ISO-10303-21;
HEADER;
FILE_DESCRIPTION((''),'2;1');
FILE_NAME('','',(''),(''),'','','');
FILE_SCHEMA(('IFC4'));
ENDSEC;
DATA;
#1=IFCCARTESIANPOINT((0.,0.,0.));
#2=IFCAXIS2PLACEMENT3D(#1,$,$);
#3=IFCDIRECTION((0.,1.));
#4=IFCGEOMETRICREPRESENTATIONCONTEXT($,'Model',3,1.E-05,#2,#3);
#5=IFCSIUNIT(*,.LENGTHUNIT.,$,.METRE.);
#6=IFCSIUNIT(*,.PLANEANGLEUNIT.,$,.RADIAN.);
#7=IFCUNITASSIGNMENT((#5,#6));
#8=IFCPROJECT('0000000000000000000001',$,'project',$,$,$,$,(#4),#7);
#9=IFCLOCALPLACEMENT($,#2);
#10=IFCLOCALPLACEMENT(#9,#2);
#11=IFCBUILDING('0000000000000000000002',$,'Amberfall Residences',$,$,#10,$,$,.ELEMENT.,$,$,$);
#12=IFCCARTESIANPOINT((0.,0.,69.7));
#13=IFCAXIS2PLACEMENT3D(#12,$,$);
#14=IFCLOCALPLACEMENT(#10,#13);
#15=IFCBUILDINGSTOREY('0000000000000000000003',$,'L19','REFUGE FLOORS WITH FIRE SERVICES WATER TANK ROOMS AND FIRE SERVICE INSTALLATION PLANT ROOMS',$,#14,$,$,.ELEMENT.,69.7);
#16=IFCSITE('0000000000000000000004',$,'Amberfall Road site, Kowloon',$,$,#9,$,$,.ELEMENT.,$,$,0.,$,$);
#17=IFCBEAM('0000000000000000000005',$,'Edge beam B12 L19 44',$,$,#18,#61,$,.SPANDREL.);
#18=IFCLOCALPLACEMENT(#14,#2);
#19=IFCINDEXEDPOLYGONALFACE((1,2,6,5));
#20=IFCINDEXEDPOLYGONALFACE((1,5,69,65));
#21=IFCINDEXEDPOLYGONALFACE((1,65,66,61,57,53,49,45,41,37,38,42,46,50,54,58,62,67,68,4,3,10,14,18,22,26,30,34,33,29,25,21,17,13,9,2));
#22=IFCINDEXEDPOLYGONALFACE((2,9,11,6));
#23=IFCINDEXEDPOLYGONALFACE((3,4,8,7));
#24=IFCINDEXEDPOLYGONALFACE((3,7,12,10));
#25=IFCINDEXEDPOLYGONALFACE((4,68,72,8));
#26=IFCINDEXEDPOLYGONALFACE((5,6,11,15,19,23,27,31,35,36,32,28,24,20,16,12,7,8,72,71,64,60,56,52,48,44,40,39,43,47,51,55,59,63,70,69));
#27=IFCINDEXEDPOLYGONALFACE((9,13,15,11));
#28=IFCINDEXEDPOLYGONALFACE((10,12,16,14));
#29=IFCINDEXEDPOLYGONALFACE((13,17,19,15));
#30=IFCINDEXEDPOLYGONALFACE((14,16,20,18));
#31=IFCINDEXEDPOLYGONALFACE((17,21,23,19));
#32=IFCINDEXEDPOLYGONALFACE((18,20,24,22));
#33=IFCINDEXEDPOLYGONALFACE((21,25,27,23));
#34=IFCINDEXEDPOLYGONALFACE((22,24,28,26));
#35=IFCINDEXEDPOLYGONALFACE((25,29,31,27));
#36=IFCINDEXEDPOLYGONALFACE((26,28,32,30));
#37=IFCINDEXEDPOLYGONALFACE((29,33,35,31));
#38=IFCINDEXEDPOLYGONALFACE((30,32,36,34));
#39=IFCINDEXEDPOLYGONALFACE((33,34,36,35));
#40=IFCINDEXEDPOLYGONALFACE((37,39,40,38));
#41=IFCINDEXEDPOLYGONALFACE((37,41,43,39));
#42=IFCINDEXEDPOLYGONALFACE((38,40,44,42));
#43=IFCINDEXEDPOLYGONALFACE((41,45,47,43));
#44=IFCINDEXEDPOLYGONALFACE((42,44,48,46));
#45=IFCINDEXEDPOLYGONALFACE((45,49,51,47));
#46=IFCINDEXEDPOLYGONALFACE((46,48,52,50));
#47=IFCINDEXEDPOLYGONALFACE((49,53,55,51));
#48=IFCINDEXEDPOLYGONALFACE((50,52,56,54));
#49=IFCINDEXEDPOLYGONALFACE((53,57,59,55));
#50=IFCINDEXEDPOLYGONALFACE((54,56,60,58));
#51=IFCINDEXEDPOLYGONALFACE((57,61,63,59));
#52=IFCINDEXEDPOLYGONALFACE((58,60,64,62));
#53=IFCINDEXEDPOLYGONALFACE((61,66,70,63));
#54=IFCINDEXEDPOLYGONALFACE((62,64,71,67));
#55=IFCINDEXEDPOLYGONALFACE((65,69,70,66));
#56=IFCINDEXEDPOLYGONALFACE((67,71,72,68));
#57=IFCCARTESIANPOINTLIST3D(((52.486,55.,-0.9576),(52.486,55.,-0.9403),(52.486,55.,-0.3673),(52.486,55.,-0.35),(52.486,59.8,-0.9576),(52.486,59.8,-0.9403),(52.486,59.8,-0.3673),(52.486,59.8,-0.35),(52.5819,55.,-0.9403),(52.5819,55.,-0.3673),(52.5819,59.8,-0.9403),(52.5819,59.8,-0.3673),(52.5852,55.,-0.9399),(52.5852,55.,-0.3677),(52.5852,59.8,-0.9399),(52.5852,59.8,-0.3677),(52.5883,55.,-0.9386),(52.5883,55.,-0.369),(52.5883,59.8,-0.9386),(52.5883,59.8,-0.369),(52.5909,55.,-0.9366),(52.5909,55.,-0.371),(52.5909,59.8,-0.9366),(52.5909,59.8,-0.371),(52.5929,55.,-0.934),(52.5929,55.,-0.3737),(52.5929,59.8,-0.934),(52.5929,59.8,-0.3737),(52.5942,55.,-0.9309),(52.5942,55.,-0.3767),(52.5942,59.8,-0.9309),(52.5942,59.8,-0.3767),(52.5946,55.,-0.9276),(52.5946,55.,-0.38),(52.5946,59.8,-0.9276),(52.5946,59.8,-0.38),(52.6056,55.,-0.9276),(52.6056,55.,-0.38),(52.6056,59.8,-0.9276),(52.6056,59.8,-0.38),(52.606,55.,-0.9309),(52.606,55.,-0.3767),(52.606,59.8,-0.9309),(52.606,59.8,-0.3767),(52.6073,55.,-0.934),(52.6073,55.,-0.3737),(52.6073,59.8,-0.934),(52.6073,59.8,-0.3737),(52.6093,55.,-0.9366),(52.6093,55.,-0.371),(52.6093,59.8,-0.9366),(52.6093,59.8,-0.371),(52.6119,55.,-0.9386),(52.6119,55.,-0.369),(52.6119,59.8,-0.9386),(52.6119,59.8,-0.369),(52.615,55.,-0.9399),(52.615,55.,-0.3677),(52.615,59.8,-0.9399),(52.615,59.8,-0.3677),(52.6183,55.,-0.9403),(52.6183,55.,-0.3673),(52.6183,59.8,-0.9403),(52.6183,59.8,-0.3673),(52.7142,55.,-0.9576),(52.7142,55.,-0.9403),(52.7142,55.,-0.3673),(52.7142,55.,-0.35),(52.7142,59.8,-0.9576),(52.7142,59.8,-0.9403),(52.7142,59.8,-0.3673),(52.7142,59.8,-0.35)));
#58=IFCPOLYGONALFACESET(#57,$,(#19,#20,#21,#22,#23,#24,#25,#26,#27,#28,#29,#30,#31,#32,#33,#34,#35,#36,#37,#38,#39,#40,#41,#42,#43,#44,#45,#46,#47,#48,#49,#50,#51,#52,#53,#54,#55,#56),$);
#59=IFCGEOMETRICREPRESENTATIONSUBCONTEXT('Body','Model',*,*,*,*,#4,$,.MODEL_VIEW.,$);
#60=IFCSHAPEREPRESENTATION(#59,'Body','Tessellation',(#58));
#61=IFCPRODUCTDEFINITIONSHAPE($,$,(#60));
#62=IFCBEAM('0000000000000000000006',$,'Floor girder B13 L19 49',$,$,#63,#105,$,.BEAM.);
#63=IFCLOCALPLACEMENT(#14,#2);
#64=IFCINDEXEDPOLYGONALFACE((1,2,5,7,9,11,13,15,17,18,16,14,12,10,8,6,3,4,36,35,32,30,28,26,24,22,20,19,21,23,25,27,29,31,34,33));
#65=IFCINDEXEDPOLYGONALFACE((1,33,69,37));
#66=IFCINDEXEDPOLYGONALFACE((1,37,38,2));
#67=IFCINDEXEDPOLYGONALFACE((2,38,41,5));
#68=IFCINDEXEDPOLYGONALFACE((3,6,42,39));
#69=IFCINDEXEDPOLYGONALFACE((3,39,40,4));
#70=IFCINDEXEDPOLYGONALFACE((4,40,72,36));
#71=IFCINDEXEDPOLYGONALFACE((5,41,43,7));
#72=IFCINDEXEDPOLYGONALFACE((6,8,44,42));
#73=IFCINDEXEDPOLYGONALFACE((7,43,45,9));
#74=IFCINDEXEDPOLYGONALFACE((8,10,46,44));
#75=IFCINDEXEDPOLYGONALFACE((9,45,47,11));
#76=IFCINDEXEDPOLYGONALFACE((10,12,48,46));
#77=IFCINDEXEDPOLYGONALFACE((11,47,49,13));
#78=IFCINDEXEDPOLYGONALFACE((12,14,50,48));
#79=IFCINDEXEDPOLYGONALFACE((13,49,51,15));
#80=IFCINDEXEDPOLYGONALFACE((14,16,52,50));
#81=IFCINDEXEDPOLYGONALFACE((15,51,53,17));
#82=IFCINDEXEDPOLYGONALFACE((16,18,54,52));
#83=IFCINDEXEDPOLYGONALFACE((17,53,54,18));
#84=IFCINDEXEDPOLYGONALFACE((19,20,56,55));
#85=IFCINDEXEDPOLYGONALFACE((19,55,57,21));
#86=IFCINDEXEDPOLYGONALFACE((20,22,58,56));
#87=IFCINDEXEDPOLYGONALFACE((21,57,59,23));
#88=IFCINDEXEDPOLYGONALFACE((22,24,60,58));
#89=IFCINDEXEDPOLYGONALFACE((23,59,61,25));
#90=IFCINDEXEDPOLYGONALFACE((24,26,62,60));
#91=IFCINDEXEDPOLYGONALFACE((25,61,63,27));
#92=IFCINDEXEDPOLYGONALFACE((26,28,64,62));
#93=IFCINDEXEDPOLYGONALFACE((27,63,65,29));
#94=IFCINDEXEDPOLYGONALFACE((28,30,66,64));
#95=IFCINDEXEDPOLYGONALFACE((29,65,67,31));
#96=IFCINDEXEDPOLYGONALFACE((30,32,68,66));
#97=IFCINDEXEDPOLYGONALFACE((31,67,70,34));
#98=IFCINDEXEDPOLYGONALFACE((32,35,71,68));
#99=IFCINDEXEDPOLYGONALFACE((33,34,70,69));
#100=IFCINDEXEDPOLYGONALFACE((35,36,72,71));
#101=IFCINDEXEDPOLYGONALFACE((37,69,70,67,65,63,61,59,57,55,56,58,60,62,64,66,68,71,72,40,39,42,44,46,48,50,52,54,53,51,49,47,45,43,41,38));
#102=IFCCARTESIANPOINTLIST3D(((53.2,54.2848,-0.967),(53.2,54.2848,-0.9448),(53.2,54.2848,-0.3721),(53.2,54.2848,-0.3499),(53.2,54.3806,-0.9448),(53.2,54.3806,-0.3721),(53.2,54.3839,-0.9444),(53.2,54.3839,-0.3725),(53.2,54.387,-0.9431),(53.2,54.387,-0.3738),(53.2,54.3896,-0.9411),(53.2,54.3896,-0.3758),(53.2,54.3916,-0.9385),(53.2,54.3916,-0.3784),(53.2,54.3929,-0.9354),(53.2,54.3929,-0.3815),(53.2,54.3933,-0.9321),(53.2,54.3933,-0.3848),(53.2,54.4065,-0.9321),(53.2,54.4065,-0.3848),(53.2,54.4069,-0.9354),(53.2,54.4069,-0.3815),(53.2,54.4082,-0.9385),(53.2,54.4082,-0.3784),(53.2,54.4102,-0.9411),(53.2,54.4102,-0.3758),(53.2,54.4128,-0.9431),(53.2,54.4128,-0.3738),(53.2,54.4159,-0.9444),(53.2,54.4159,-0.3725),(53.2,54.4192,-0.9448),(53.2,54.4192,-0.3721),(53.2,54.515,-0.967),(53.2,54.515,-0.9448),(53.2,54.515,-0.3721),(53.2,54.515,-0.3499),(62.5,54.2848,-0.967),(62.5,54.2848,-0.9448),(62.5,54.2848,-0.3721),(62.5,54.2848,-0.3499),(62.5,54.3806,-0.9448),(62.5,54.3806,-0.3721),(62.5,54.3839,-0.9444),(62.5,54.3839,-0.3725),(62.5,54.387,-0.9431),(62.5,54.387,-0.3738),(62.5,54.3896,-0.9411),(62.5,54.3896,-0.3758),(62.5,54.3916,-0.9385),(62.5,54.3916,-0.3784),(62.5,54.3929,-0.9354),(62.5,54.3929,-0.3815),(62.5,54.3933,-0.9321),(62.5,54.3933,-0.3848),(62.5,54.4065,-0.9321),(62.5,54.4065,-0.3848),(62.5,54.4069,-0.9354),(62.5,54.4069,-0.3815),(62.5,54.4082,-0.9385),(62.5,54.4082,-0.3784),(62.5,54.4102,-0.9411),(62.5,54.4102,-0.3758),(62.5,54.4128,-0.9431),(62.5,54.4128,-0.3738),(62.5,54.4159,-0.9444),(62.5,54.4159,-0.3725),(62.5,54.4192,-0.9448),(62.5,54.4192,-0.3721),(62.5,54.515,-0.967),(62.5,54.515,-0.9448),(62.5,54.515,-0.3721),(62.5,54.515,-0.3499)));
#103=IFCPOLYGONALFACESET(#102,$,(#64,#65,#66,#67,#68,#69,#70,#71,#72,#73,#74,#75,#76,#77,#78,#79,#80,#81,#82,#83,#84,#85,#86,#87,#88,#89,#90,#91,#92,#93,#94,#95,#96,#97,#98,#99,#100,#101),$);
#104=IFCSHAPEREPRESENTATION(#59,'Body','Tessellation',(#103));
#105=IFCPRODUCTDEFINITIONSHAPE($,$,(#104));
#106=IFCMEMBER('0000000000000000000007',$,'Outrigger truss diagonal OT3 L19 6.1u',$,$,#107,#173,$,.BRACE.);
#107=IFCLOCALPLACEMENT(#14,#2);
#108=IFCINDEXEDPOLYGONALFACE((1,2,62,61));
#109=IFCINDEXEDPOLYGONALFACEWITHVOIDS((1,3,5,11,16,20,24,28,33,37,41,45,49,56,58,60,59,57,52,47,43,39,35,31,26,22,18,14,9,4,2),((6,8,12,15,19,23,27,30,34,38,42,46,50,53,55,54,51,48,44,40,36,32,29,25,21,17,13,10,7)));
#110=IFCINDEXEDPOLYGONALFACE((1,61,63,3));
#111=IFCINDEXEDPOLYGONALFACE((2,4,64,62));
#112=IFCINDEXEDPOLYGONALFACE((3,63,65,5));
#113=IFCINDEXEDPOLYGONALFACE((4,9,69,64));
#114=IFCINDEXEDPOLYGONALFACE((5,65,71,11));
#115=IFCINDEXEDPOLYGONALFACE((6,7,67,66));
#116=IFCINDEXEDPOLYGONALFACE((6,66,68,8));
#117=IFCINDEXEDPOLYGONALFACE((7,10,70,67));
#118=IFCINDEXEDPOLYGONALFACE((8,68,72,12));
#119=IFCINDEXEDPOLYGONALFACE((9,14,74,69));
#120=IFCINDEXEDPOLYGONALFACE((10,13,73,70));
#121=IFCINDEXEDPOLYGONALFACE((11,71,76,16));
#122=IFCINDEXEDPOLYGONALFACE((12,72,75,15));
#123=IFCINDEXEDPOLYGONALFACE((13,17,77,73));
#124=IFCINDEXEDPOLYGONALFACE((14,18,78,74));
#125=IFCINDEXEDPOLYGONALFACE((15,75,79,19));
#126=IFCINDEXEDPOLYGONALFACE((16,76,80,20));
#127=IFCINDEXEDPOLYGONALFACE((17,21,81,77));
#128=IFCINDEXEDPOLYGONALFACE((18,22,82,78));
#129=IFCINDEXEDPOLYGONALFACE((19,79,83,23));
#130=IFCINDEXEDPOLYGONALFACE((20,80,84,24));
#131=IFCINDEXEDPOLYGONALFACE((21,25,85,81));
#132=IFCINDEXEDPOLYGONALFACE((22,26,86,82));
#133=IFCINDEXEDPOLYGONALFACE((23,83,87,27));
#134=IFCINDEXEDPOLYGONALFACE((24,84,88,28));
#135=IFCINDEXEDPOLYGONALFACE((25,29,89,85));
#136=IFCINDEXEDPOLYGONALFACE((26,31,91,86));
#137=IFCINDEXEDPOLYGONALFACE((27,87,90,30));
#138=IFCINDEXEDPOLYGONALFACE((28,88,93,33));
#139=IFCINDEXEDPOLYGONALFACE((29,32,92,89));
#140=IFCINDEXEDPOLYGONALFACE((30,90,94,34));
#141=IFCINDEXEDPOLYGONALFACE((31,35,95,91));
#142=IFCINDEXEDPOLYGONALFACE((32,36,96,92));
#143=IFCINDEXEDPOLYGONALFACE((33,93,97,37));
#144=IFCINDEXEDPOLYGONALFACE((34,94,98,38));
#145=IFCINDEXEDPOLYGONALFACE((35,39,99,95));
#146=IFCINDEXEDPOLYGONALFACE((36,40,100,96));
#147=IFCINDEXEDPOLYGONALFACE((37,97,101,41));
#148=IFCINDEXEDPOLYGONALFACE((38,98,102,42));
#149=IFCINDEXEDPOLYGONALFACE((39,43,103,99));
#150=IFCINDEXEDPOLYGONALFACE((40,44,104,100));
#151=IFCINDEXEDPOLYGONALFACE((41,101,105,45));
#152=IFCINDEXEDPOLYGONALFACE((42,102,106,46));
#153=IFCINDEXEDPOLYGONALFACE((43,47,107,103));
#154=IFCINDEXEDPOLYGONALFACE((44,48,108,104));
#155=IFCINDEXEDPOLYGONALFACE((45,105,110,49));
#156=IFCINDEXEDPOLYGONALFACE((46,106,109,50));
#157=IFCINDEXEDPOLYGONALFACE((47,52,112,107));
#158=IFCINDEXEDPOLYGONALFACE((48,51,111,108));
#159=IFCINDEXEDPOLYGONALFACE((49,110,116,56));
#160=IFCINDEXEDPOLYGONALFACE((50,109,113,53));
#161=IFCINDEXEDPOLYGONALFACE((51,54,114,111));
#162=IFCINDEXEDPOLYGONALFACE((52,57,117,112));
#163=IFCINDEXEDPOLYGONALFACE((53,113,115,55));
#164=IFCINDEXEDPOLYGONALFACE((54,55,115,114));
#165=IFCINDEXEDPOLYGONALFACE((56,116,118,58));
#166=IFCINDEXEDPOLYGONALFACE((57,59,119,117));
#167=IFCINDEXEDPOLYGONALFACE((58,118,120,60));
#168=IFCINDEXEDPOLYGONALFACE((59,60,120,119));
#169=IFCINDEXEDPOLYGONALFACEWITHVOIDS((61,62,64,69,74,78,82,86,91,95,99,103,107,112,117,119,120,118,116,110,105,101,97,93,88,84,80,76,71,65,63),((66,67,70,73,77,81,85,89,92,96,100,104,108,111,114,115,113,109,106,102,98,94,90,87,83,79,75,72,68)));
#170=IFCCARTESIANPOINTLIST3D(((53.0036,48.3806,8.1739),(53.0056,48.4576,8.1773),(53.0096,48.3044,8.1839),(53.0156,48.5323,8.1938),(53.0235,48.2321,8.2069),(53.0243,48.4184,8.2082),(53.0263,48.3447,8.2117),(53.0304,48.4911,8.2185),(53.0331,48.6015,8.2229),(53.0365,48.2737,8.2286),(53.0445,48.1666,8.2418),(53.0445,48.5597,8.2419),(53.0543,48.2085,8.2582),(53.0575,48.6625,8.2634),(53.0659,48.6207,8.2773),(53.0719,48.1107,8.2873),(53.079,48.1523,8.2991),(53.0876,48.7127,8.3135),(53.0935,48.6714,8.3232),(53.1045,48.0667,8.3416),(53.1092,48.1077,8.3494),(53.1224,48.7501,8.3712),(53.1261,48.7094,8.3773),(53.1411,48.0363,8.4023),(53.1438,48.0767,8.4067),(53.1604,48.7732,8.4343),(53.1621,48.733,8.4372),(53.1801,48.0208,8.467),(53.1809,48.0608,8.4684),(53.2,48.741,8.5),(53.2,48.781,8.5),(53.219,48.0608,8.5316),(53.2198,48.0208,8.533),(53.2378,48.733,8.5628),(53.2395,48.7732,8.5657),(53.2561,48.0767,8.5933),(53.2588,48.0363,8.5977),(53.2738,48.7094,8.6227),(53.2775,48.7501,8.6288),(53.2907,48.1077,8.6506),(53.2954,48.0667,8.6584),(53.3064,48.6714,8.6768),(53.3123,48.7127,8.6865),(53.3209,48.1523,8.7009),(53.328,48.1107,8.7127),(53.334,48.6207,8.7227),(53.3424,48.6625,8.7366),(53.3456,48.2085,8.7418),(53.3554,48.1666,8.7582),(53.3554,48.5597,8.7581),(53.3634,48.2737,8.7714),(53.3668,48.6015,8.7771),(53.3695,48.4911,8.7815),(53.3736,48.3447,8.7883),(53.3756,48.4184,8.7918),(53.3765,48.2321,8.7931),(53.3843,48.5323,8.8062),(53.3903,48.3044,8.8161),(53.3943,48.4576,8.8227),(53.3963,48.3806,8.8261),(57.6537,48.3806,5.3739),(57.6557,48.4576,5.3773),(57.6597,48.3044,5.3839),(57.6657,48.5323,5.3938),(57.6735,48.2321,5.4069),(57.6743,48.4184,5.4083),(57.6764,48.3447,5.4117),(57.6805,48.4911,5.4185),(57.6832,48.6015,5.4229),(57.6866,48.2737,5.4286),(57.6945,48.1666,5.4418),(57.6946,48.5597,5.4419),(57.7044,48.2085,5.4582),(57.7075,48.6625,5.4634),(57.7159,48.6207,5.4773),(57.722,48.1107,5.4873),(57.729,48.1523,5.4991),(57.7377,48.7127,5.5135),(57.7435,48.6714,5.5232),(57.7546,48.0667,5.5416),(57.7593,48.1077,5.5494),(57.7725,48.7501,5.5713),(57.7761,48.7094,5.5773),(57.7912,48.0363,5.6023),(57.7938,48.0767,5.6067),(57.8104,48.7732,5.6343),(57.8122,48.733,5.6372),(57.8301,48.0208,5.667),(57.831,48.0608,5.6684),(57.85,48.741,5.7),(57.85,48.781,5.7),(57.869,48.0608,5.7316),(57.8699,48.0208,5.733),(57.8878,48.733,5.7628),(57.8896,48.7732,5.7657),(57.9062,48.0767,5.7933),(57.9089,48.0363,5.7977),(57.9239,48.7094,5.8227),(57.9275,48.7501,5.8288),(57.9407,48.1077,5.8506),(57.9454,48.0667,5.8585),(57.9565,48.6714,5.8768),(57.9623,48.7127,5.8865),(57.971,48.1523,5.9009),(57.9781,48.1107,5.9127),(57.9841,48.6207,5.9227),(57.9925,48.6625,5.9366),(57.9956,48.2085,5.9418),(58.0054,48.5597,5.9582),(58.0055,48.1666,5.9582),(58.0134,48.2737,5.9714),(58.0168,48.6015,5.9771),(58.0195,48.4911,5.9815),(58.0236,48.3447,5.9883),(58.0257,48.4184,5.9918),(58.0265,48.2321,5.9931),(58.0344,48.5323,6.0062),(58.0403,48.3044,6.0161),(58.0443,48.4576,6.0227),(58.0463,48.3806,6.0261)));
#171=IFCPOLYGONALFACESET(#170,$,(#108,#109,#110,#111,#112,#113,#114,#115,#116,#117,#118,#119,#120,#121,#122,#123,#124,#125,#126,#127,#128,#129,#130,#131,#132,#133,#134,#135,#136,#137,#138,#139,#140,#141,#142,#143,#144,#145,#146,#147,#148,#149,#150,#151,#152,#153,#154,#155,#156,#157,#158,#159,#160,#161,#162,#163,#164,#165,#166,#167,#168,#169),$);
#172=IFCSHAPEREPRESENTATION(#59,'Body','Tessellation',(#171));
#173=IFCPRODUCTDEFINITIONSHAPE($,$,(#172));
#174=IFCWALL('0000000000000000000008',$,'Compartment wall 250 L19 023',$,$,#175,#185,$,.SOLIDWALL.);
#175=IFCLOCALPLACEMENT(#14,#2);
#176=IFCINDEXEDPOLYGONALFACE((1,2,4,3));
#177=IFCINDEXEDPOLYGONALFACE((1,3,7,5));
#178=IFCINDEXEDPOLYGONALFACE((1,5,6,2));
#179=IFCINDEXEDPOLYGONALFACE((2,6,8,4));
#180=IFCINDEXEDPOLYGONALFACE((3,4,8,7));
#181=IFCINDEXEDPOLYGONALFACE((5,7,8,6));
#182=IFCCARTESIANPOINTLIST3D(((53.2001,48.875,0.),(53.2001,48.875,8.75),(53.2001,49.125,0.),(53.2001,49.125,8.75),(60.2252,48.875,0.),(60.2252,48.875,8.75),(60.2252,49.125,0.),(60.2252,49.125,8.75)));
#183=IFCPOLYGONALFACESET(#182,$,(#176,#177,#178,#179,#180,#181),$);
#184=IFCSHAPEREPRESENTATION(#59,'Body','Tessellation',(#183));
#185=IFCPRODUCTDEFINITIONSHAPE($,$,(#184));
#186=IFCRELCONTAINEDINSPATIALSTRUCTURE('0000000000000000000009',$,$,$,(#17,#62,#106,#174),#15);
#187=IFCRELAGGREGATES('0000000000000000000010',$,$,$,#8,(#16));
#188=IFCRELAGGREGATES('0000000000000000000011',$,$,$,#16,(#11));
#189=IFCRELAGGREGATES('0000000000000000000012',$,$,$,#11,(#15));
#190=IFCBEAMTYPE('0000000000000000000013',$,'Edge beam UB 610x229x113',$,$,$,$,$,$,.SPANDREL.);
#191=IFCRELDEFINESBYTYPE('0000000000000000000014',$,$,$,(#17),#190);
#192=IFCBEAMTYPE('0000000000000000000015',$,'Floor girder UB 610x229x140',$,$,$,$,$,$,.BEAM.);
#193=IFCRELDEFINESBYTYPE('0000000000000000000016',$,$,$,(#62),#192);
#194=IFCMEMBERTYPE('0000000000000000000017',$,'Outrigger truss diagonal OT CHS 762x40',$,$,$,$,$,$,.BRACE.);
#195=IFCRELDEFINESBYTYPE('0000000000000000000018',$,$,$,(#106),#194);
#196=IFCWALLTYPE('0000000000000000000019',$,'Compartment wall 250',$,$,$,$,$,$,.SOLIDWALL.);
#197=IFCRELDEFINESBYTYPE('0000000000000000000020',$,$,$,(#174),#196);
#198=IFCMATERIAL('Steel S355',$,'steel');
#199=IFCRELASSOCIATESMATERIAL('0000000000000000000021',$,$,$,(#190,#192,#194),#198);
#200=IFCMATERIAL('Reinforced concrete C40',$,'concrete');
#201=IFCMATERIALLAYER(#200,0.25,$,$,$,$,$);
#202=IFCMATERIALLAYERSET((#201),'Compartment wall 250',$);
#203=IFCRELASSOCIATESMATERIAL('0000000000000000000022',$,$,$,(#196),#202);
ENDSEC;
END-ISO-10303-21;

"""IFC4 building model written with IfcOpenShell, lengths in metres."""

from ifc_helpers import new_model, si_unit, direction, frame, frame_2d, origin, origin_2d, place, context, subcontext, project, spatial, rectangle, hollow_circle, i_section, extrude, material, layer, layer_set, material_profile, profile_set, type_object, element, save


model = new_model("IFC4")

# Units and contexts
model_context = context("Model", 3, precision=1e-05, world=origin(), true_north=direction((0.0, 1.0)))
body_context = subcontext(model_context, "Body", "Model", "MODEL_VIEW")
ifc_project = project(units=[si_unit("LENGTHUNIT", "METRE"), si_unit("PLANEANGLEUNIT", "RADIAN")], contexts=[model_context])

# Site, building, storey
site_placement = place(None, origin())
site = spatial("IfcSite", under=ifc_project, at=site_placement, Name="Amberfall Road site, Kowloon", CompositionType="ELEMENT", RefElevation=0.0)
building_placement = place(site_placement, origin())
building = spatial("IfcBuilding", under=site, at=building_placement, Name="Amberfall Residences", CompositionType="ELEMENT")
storey_placement = place(building_placement, frame((0.0, 0.0, 69.7)))
storey = spatial("IfcBuildingStorey", under=building, at=storey_placement, Name="L19", Description="REFUGE FLOORS WITH FIRE SERVICES WATER TANK ROOMS AND FIRE SERVICE INSTALLATION PLANT ROOMS", CompositionType="ELEMENT", Elevation=69.7)

# Shared definitions
ifc_material_1 = material(Name="Steel S355", Category="steel")

# Beams
ifc_material_profile_1 = material_profile(ifc_material_1, i_section(OverallWidth=0.2283, OverallDepth=0.6077, WebThickness=0.011, FlangeThickness=0.0173, FilletRadius=0.0127, at=origin_2d()), Name="UB 610x229x113")
ifc_profile_set_1 = profile_set([ifc_material_profile_1], Name="Steel S355")
beam_type_1 = type_object("IfcBeamType", Name="Edge beam UB 610x229x113", PredefinedType="SPANDREL", material=ifc_profile_set_1)
for number, where, z_axis, x_axis, name in (
    (1, (52.6001, 55.0, -0.6538), (0.0, 1.0, 0.0), (-1.0, 0.0, 0.0), "Edge beam B12 L19 44"),
):
    element("IfcBeam", number, at=place(storey_placement, frame(where, z_axis=z_axis, x_axis=x_axis)), inside=storey, type_object=beam_type_1, Name=name, PredefinedType="SPANDREL", context=body_context, shape_type="SweptSolid", body=[
        extrude(i_section(OverallWidth=0.2283, OverallDepth=0.6077, WebThickness=0.011, FlangeThickness=0.0173, FilletRadius=0.0127, at=origin_2d()), origin(), (0.0, 0.0, 1.0), 4.8),
    ])
ifc_material_profile_2 = material_profile(ifc_material_1, i_section(OverallWidth=0.2302, OverallDepth=0.6172, WebThickness=0.0132, FlangeThickness=0.0222, FilletRadius=0.0127, at=origin_2d()), Name="UB 610x229x140")
ifc_profile_set_2 = profile_set([ifc_material_profile_2], Name="Steel S355")
beam_type_2 = type_object("IfcBeamType", Name="Floor girder UB 610x229x140", PredefinedType="BEAM", material=ifc_profile_set_2)
beam_placement = place(storey_placement, frame((53.2, 54.3999, -0.6584), z_axis=(1.0, 0.0, 0.0), x_axis=(0.0, 1.0, 0.0)))
element("IfcBeam", 2, at=beam_placement, inside=storey, type_object=beam_type_2, Name="Floor girder B13 L19 49", PredefinedType="BEAM", context=body_context, shape_type="SweptSolid", body=[
    extrude(i_section(OverallWidth=0.2302, OverallDepth=0.6172, WebThickness=0.0132, FlangeThickness=0.0222, FilletRadius=0.0127, at=origin_2d()), origin(), (0.0, 0.0, 1.0), 9.3),
])

# Member
ifc_material_profile_3 = material_profile(ifc_material_1, hollow_circle(Radius=0.3811, WallThickness=0.04, at=origin_2d()), Name="CHS 762x40")
ifc_profile_set_3 = profile_set([ifc_material_profile_3], Name="Steel S355")
member_type_1 = type_object("IfcMemberType", Name="Outrigger truss diagonal OT CHS 762x40", PredefinedType="BRACE", material=ifc_profile_set_3)
member_1_placement = place(storey_placement, frame((53.2, 48.3999, 8.5), z_axis=(0.856682, 0.0, -0.515844), x_axis=(0.0, 1.0, 0.0)))
element("IfcMember", 3, at=member_1_placement, inside=storey, type_object=member_type_1, Name="Outrigger truss diagonal OT3 L19 6.1u", PredefinedType="BRACE", context=body_context, shape_type="SweptSolid", body=[
    extrude(hollow_circle(Radius=0.3811, WallThickness=0.04, at=origin_2d()), origin(), (0.0, 0.0, 1.0), 5.428),
])

# Wall
ifc_material_2 = material(Name="Reinforced concrete C40", Category="concrete")
ifc_layer = layer(ifc_material_2, 0.25)
ifc_layer_set = layer_set([ifc_layer], Name="Compartment wall 250")
wall_type = type_object("IfcWallType", Name="Compartment wall 250", PredefinedType="SOLIDWALL", material=ifc_layer_set)
wall_placement = place(storey_placement, frame((53.2, 49.0, 0.0), z_axis=(0.0, 0.0, 1.0), x_axis=(1.0, 0.0, 0.0)))
element("IfcWall", 4, at=wall_placement, inside=storey, type_object=wall_type, Name="Compartment wall 250 L19 023", PredefinedType="SOLIDWALL", context=body_context, shape_type="SweptSolid", body=[
    extrude(rectangle(XDim=7.0251, YDim=0.25, at=frame_2d((3.5127, 0.0))), origin(), (0.0, 0.0, 1.0), 8.75),
])

save(model, "model.ifc")
